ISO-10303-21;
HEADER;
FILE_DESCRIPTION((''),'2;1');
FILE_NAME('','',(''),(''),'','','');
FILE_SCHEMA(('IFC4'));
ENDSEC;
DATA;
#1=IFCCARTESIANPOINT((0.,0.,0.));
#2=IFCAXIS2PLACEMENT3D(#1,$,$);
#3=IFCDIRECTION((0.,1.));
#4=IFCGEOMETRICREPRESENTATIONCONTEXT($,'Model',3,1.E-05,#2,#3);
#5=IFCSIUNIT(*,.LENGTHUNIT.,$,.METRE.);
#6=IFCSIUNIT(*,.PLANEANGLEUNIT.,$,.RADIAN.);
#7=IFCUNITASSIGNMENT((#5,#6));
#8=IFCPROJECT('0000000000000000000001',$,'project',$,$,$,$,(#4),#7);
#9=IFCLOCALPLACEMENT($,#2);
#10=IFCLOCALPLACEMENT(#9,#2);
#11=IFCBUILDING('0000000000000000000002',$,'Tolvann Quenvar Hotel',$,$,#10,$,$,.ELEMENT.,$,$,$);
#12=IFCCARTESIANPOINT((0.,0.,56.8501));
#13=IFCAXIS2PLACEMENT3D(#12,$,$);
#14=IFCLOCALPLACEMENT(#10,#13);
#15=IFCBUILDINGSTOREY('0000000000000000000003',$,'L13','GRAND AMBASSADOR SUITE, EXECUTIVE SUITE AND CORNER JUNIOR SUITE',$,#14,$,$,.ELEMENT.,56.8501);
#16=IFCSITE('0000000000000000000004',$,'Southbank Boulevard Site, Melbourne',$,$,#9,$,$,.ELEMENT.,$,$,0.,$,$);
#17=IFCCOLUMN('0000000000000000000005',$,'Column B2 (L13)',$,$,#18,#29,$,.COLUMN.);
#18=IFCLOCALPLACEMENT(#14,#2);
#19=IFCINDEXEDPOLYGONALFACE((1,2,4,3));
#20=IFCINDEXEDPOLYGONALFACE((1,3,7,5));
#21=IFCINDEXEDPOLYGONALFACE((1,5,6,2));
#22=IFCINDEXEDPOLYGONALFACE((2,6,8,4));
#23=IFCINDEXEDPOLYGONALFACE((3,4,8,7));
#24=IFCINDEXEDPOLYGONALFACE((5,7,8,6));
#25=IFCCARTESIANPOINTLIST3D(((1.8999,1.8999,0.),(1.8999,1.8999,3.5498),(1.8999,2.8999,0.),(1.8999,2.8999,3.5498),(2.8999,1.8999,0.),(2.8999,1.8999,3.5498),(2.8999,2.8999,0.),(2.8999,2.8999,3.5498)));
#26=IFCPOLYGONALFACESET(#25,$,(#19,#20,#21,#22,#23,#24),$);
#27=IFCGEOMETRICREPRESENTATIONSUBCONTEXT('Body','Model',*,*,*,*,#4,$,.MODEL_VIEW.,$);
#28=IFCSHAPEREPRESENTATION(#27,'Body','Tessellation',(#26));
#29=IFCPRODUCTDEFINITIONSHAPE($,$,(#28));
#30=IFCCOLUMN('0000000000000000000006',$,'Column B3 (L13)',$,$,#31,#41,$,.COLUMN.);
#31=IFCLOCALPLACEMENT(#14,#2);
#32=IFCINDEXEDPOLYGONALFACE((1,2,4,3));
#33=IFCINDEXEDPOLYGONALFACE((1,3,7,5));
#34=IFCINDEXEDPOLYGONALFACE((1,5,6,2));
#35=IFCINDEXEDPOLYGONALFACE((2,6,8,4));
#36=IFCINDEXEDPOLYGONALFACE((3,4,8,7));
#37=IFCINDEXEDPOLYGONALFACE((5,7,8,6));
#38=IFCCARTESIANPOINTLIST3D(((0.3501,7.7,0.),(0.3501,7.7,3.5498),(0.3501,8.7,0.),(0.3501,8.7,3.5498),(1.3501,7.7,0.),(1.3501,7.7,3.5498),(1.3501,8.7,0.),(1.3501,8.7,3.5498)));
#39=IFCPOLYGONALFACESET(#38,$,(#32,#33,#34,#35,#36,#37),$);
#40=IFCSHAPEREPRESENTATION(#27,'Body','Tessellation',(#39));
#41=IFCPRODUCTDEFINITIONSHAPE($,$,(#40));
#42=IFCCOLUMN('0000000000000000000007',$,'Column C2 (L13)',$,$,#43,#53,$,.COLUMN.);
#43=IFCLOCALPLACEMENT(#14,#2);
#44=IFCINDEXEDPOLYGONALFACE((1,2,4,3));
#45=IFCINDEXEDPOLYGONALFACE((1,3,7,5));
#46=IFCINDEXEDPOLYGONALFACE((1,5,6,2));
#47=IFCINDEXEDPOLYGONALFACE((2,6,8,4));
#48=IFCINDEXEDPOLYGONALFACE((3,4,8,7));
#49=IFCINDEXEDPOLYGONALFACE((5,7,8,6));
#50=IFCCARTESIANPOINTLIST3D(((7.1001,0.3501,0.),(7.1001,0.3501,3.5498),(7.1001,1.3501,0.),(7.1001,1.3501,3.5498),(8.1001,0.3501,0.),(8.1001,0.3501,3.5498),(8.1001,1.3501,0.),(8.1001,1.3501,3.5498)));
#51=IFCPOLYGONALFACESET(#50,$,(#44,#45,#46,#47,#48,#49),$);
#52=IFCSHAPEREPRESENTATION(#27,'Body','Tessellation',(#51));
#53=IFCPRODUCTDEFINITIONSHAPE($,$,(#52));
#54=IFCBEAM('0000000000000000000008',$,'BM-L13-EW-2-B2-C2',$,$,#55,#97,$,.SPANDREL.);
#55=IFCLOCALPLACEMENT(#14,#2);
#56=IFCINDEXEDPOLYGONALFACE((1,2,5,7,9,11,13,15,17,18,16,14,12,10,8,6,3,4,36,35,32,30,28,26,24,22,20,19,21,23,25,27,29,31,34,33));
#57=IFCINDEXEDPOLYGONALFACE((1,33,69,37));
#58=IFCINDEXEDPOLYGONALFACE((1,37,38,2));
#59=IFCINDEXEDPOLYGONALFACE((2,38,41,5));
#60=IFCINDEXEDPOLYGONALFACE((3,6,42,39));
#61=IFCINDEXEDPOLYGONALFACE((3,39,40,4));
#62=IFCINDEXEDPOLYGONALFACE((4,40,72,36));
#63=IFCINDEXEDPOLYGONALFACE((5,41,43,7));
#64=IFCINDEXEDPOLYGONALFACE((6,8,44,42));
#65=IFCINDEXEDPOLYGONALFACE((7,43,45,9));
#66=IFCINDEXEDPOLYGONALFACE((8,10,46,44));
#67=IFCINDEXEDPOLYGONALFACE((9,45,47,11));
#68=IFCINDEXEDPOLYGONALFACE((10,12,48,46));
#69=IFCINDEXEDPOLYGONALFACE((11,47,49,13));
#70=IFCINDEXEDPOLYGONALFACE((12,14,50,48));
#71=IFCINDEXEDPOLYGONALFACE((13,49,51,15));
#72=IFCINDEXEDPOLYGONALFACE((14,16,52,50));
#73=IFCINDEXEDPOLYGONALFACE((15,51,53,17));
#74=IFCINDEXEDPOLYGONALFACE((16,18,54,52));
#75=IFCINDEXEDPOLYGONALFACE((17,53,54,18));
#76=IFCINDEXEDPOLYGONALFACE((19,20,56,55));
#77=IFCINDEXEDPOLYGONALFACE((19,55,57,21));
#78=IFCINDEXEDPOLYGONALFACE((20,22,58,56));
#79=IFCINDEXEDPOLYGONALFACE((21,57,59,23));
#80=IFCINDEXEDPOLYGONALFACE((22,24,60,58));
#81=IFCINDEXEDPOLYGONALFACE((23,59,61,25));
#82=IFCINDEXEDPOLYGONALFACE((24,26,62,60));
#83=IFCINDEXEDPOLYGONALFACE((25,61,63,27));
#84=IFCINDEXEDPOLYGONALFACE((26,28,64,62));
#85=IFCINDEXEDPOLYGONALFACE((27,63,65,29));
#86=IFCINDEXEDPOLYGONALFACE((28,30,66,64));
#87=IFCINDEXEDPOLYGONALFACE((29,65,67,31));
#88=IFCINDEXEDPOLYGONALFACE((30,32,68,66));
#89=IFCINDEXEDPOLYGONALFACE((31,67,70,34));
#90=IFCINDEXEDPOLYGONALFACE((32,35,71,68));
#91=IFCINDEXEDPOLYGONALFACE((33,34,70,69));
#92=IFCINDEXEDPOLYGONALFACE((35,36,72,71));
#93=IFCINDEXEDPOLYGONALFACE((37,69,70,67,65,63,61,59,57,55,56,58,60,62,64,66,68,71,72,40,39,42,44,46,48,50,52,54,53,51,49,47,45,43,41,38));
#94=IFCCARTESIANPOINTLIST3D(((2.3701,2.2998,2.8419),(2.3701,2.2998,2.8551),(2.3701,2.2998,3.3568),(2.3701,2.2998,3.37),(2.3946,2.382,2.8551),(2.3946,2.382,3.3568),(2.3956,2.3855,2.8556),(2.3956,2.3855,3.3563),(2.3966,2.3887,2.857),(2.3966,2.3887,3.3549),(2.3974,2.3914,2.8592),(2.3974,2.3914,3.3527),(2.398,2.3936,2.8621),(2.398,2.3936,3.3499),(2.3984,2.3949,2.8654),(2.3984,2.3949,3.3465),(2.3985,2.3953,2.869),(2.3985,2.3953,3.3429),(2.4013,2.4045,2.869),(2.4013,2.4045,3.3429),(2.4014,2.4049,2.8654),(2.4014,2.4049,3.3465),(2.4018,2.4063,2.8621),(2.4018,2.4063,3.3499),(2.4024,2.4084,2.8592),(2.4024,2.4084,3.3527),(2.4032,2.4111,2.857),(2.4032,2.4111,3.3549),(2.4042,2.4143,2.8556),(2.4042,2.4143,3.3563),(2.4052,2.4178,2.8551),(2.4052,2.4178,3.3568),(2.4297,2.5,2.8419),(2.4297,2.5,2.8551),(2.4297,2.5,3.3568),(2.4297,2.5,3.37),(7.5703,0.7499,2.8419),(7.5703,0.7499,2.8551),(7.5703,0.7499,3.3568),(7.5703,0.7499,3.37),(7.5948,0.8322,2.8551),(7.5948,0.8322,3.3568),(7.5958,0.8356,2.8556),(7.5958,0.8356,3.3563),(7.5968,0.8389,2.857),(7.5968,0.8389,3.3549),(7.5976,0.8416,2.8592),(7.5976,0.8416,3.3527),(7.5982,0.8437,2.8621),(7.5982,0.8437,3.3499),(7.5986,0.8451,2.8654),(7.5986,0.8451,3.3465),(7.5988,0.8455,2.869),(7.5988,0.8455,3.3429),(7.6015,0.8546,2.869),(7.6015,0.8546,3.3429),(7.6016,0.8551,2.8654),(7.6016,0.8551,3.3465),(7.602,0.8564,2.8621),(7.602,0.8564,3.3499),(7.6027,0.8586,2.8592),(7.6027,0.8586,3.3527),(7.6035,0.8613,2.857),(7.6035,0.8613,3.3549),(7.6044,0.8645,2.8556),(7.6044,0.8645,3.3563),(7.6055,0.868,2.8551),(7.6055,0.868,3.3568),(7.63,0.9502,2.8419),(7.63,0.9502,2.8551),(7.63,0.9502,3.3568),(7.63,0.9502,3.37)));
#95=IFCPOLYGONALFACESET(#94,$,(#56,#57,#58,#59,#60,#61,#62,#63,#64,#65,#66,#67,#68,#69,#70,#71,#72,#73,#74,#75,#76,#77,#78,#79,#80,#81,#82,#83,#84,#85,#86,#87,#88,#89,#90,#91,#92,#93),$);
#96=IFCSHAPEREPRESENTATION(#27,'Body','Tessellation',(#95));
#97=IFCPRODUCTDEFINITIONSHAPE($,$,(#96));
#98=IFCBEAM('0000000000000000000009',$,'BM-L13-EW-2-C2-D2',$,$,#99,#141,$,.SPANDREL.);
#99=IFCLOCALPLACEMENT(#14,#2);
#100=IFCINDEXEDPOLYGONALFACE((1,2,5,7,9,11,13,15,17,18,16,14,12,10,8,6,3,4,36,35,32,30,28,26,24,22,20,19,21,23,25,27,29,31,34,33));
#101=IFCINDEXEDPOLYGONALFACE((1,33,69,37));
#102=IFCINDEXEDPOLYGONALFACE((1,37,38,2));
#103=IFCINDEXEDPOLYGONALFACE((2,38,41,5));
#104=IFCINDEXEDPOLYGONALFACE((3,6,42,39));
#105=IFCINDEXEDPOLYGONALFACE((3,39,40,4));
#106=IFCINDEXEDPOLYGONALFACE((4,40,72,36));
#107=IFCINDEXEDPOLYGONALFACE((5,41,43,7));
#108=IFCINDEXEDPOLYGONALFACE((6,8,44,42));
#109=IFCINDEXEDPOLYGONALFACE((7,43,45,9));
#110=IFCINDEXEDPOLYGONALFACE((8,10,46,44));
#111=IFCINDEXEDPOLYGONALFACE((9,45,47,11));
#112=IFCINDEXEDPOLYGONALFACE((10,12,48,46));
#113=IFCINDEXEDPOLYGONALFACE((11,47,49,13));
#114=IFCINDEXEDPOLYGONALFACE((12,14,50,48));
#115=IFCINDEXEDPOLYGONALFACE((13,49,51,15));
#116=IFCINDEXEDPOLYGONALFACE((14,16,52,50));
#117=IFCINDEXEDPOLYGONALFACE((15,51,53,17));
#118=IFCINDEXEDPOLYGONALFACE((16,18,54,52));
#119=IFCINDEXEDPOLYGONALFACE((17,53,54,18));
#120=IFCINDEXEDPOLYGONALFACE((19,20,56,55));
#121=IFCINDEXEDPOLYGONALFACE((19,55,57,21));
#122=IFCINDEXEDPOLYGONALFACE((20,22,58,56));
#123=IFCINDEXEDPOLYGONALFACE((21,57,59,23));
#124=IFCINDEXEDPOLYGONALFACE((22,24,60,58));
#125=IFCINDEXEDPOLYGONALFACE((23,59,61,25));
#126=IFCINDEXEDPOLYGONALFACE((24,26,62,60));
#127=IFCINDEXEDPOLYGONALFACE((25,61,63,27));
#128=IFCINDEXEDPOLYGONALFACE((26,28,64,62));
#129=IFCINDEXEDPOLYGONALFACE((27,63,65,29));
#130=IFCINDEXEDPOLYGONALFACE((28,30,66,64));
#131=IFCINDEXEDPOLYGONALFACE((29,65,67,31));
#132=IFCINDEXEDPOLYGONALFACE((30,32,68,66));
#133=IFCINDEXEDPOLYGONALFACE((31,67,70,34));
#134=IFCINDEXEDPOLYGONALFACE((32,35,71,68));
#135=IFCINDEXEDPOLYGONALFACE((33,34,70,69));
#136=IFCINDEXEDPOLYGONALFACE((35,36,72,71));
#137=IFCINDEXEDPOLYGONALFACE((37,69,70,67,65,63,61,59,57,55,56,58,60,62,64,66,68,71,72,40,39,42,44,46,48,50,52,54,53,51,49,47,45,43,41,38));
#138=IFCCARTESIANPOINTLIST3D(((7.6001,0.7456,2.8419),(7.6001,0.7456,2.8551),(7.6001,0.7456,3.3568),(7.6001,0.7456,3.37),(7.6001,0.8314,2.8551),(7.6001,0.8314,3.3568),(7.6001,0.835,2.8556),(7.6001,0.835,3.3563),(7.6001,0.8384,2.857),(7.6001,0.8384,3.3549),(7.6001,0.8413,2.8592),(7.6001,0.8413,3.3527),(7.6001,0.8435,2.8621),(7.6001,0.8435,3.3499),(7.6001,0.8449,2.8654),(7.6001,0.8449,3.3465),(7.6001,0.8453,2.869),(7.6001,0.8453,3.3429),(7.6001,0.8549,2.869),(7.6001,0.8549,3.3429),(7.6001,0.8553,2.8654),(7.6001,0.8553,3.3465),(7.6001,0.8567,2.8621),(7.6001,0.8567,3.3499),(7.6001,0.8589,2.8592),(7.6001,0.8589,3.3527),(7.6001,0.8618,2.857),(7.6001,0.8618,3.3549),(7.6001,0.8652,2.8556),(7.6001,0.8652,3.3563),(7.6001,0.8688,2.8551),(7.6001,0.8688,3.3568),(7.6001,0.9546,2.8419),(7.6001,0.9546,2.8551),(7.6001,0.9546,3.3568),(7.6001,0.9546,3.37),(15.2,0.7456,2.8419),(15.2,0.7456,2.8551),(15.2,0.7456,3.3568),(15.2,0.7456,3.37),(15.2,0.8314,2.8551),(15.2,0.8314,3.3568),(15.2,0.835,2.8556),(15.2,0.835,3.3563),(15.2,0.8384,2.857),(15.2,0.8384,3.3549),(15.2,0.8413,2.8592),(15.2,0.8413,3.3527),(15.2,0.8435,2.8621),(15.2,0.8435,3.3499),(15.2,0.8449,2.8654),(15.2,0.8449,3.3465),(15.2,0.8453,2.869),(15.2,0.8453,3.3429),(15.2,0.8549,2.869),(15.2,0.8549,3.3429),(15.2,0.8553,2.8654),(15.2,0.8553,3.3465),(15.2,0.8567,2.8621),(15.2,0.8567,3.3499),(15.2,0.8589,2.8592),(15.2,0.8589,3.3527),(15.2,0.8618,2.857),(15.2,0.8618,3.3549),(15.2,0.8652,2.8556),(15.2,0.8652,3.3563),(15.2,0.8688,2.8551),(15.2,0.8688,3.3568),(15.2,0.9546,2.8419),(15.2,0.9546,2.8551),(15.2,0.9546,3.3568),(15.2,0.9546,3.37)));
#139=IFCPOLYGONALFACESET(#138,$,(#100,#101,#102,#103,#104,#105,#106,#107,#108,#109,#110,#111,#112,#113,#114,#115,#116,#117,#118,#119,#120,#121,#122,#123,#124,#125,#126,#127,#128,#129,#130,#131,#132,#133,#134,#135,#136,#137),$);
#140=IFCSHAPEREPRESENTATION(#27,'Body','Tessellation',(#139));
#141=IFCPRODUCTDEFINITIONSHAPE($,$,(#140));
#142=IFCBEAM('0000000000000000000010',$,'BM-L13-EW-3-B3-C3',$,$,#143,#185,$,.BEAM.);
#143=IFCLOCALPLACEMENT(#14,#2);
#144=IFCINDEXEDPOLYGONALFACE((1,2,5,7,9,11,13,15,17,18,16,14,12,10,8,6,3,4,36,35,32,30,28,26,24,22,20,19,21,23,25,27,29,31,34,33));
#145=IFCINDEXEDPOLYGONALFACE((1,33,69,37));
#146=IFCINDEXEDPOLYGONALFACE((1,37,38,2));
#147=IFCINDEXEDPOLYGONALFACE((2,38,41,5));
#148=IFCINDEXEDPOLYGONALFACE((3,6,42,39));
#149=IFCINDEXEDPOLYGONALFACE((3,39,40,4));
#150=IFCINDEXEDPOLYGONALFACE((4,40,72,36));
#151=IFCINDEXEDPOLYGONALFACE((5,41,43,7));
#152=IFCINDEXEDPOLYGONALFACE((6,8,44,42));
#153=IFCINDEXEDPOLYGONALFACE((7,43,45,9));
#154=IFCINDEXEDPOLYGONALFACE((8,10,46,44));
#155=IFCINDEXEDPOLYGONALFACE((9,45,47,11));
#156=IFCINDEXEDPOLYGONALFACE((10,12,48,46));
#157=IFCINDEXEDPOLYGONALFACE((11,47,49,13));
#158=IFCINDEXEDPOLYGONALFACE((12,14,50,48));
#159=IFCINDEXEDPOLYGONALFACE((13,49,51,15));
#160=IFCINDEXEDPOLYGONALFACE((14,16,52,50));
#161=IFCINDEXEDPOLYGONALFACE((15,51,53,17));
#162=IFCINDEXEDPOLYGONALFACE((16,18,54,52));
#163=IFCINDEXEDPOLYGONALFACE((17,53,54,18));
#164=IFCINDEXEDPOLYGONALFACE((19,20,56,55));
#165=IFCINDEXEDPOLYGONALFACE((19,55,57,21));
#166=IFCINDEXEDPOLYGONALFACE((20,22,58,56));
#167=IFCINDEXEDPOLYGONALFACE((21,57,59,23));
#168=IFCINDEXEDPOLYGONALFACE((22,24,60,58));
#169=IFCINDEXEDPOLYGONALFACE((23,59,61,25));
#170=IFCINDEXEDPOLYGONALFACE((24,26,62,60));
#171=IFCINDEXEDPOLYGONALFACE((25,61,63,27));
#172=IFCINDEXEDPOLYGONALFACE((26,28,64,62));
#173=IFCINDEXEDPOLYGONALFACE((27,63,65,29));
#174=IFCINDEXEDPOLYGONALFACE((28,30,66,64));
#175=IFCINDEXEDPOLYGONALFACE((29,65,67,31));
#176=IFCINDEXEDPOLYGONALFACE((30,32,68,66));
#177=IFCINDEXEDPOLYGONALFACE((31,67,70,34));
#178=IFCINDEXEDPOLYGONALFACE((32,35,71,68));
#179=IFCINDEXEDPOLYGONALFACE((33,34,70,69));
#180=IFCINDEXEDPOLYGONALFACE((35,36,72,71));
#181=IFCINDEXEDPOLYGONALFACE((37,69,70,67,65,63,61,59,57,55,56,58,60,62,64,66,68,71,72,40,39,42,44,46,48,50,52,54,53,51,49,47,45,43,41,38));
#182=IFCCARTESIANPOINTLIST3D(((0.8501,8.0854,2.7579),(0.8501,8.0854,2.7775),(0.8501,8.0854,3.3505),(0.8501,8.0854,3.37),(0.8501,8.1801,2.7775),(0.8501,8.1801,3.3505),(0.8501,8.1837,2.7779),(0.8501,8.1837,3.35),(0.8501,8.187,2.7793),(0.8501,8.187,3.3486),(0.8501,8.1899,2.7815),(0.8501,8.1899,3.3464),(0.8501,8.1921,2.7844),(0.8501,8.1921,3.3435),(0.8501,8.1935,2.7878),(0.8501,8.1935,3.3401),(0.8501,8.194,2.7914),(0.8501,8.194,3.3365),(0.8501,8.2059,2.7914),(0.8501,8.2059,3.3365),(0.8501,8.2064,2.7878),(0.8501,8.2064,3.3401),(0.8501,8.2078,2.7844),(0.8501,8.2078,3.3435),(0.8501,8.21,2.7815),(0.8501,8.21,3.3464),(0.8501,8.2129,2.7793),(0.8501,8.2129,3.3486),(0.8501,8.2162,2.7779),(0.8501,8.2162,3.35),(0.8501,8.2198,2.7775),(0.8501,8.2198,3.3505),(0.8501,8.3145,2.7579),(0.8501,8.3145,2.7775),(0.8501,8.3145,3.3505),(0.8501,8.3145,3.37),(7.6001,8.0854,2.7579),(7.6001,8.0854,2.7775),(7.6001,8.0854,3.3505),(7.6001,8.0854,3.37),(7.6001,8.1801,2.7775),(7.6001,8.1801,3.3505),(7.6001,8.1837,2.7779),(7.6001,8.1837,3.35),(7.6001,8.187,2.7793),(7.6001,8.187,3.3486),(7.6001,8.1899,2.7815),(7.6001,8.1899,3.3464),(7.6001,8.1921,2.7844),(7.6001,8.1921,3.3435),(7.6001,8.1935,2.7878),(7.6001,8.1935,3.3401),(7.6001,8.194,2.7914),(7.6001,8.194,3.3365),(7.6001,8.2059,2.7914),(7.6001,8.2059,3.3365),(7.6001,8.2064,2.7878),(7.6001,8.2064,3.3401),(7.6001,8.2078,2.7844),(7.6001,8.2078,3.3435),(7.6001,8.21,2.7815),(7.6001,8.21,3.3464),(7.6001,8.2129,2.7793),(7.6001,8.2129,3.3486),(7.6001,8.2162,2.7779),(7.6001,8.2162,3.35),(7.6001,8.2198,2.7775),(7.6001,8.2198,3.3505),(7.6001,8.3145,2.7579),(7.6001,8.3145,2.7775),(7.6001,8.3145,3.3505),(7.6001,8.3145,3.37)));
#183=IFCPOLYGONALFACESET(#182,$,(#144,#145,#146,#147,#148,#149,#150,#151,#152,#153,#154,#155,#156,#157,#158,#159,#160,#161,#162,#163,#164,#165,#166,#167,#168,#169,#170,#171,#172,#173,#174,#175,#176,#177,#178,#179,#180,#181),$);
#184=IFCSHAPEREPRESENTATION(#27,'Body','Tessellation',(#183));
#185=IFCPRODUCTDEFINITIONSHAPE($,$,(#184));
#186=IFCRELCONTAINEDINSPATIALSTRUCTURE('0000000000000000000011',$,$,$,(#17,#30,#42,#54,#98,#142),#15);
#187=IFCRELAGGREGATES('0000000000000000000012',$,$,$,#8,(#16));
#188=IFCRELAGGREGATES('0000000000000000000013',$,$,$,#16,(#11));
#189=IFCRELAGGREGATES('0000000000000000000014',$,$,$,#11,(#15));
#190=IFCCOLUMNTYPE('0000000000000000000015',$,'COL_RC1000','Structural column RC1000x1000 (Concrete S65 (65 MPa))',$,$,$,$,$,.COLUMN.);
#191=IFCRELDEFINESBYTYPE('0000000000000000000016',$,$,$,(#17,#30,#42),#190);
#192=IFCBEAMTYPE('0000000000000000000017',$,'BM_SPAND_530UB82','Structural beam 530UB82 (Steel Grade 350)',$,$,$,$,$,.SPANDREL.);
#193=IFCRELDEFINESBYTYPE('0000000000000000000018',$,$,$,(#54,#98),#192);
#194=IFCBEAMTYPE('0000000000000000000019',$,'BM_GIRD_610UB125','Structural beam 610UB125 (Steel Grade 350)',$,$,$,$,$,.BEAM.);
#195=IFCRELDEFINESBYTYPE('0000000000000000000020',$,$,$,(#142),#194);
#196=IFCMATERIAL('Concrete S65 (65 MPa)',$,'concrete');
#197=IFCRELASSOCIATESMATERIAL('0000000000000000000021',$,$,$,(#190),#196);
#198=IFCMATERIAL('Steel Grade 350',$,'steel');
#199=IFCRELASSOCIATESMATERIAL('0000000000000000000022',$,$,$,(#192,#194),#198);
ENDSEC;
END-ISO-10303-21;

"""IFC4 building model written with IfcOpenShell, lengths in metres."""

from ifc_helpers import new_model, si_unit, direction, frame, origin, origin_2d, place, context, subcontext, project, spatial, rectangle, i_section, extrude, source, transform, mapped, material, material_profile, profile_set, type_object, type_shapes, element, save


model = new_model("IFC4")

# Units and contexts
model_context = context("Model", 3, precision=1e-05, world=origin(), true_north=direction((0.0, 1.0)))
body_context = subcontext(model_context, "Body", "Model", "MODEL_VIEW")
ifc_project = project(units=[si_unit("LENGTHUNIT", "METRE"), si_unit("PLANEANGLEUNIT", "RADIAN")], contexts=[model_context])

# Site, building, storey
site_placement = place(None, origin())
site = spatial("IfcSite", under=ifc_project, at=site_placement, Name="Southbank Boulevard Site, Melbourne", CompositionType="ELEMENT", RefElevation=0.0)
building_placement = place(site_placement, origin())
building = spatial("IfcBuilding", under=site, at=building_placement, Name="Tolvann Quenvar Hotel", CompositionType="ELEMENT")
storey_placement = place(building_placement, frame((0.0, 0.0, 56.8501)))
storey = spatial("IfcBuildingStorey", under=building, at=storey_placement, Name="L13", Description="GRAND AMBASSADOR SUITE, EXECUTIVE SUITE AND CORNER JUNIOR SUITE", CompositionType="ELEMENT", Elevation=56.8501)

# Columns
ifc_material_1 = material(Name="Concrete S65 (65 MPa)", Category="concrete")
ifc_material_profile_1 = material_profile(ifc_material_1, rectangle(XDim=1.0, YDim=1.0, at=origin_2d()), Name="RC1000x1000")
ifc_profile_set_1 = profile_set([ifc_material_profile_1], Name="Concrete S65 (65 MPa)")
column_type = type_object("IfcColumnType", Name="COL_RC1000", Description="Structural column RC1000x1000 (Concrete S65 (65 MPa))", PredefinedType="COLUMN", material=ifc_profile_set_1)
shared_shape_1 = source(origin(), body_context, "Body", "SweptSolid", [
    extrude(rectangle(XDim=1.0, YDim=1.0, at=origin_2d()), origin(), (0.0, 0.0, 1.0), 3.5498),
])
type_shapes(column_type, [shared_shape_1])
for number, where, z_axis, x_axis, name in (
    (1, (2.3999, 2.3999, 0.0), (0.0, 0.0, 1.0), (1.0, 0.0, 0.0), "Column B2 (L13)"),
    (2, (0.8501, 8.2, 0.0), (0.0, 0.0, 1.0), (1.0, 0.0, 0.0), "Column B3 (L13)"),
    (3, (7.6001, 0.8501, 0.0), (0.0, 0.0, 1.0), (1.0, 0.0, 0.0), "Column C2 (L13)"),
):
    element("IfcColumn", number, at=place(storey_placement, frame(where, z_axis=z_axis, x_axis=x_axis)), inside=storey, type_object=column_type, Name=name, PredefinedType="COLUMN", context=body_context, shape_type="MappedRepresentation", body=[
        mapped(shared_shape_1, transform((0.0, 0.0, 0.0), x_axis=(1.0, 0.0, 0.0), y_axis=(0.0, 1.0, 0.0), z_axis=(0.0, 0.0, 1.0), scale=1.0)),
    ])

# Beams
ifc_material_2 = material(Name="Steel Grade 350", Category="steel")
ifc_material_profile_2 = material_profile(ifc_material_2, i_section(OverallWidth=0.209, OverallDepth=0.5281, WebThickness=0.0095, FlangeThickness=0.0132, FilletRadius=0.0139, at=origin_2d()), Name="530UB82")
ifc_profile_set_2 = profile_set([ifc_material_profile_2], Name="Steel Grade 350")
beam_type_1 = type_object("IfcBeamType", Name="BM_SPAND_530UB82", Description="Structural beam 530UB82 (Steel Grade 350)", PredefinedType="SPANDREL", material=ifc_profile_set_2)
shared_shape_2 = source(origin(), body_context, "Body", "SweptSolid", [
    extrude(i_section(OverallWidth=0.209, OverallDepth=0.5281, WebThickness=0.0095, FlangeThickness=0.0132, FilletRadius=0.0139, at=origin_2d()), origin(), (0.0, 0.0, 1.0), 5.4263),
])
beam_1_placement = place(storey_placement, frame((2.3999, 2.3999, 3.106), z_axis=(0.958345, -0.285614, 0.0), x_axis=(0.285614, 0.958345, 0.0)))
element("IfcBeam", 4, at=beam_1_placement, inside=storey, type_object=beam_type_1, Name="BM-L13-EW-2-B2-C2", PredefinedType="SPANDREL", context=body_context, shape_type="MappedRepresentation", body=[
    mapped(shared_shape_2, transform((0.0, 0.0, 0.0), x_axis=(1.0, 0.0, 0.0), y_axis=(0.0, 1.0, 0.0), z_axis=(0.0, 0.0, 1.0), scale=1.0)),
])
shared_shape_3 = source(origin(), body_context, "Body", "SweptSolid", [
    extrude(i_section(OverallWidth=0.209, OverallDepth=0.5281, WebThickness=0.0095, FlangeThickness=0.0132, FilletRadius=0.0139, at=origin_2d()), origin(), (0.0, 0.0, 1.0), 7.5999),
])
beam_2_placement = place(storey_placement, frame((7.6001, 0.8501, 3.106), z_axis=(1.0, 0.0, 0.0), x_axis=(0.0, 1.0, 0.0)))
element("IfcBeam", 5, at=beam_2_placement, inside=storey, type_object=beam_type_1, Name="BM-L13-EW-2-C2-D2", PredefinedType="SPANDREL", context=body_context, shape_type="MappedRepresentation", body=[
    mapped(shared_shape_3, transform((0.0, 0.0, 0.0), x_axis=(1.0, 0.0, 0.0), y_axis=(0.0, 1.0, 0.0), z_axis=(0.0, 0.0, 1.0), scale=1.0)),
])
ifc_material_profile_3 = material_profile(ifc_material_2, i_section(OverallWidth=0.229, OverallDepth=0.6121, WebThickness=0.012, FlangeThickness=0.0195, FilletRadius=0.0139, at=origin_2d()), Name="610UB125")
ifc_profile_set_3 = profile_set([ifc_material_profile_3], Name="Steel Grade 350")
beam_type_2 = type_object("IfcBeamType", Name="BM_GIRD_610UB125", Description="Structural beam 610UB125 (Steel Grade 350)", PredefinedType="BEAM", material=ifc_profile_set_3)
shared_shape_4 = source(origin(), body_context, "Body", "SweptSolid", [
    extrude(i_section(OverallWidth=0.229, OverallDepth=0.6121, WebThickness=0.012, FlangeThickness=0.0195, FilletRadius=0.0139, at=origin_2d()), origin(), (0.0, 0.0, 1.0), 6.75),
])
type_shapes(beam_type_2, [shared_shape_4])
beam_3_placement = place(storey_placement, frame((0.8501, 8.2, 3.064), z_axis=(1.0, 0.0, 0.0), x_axis=(0.0, 1.0, 0.0)))
element("IfcBeam", 6, at=beam_3_placement, inside=storey, type_object=beam_type_2, Name="BM-L13-EW-3-B3-C3", PredefinedType="BEAM", context=body_context, shape_type="MappedRepresentation", body=[
    mapped(shared_shape_4, transform((0.0, 0.0, 0.0), x_axis=(1.0, 0.0, 0.0), y_axis=(0.0, 1.0, 0.0), z_axis=(0.0, 0.0, 1.0), scale=1.0)),
])

save(model, "model.ifc")
